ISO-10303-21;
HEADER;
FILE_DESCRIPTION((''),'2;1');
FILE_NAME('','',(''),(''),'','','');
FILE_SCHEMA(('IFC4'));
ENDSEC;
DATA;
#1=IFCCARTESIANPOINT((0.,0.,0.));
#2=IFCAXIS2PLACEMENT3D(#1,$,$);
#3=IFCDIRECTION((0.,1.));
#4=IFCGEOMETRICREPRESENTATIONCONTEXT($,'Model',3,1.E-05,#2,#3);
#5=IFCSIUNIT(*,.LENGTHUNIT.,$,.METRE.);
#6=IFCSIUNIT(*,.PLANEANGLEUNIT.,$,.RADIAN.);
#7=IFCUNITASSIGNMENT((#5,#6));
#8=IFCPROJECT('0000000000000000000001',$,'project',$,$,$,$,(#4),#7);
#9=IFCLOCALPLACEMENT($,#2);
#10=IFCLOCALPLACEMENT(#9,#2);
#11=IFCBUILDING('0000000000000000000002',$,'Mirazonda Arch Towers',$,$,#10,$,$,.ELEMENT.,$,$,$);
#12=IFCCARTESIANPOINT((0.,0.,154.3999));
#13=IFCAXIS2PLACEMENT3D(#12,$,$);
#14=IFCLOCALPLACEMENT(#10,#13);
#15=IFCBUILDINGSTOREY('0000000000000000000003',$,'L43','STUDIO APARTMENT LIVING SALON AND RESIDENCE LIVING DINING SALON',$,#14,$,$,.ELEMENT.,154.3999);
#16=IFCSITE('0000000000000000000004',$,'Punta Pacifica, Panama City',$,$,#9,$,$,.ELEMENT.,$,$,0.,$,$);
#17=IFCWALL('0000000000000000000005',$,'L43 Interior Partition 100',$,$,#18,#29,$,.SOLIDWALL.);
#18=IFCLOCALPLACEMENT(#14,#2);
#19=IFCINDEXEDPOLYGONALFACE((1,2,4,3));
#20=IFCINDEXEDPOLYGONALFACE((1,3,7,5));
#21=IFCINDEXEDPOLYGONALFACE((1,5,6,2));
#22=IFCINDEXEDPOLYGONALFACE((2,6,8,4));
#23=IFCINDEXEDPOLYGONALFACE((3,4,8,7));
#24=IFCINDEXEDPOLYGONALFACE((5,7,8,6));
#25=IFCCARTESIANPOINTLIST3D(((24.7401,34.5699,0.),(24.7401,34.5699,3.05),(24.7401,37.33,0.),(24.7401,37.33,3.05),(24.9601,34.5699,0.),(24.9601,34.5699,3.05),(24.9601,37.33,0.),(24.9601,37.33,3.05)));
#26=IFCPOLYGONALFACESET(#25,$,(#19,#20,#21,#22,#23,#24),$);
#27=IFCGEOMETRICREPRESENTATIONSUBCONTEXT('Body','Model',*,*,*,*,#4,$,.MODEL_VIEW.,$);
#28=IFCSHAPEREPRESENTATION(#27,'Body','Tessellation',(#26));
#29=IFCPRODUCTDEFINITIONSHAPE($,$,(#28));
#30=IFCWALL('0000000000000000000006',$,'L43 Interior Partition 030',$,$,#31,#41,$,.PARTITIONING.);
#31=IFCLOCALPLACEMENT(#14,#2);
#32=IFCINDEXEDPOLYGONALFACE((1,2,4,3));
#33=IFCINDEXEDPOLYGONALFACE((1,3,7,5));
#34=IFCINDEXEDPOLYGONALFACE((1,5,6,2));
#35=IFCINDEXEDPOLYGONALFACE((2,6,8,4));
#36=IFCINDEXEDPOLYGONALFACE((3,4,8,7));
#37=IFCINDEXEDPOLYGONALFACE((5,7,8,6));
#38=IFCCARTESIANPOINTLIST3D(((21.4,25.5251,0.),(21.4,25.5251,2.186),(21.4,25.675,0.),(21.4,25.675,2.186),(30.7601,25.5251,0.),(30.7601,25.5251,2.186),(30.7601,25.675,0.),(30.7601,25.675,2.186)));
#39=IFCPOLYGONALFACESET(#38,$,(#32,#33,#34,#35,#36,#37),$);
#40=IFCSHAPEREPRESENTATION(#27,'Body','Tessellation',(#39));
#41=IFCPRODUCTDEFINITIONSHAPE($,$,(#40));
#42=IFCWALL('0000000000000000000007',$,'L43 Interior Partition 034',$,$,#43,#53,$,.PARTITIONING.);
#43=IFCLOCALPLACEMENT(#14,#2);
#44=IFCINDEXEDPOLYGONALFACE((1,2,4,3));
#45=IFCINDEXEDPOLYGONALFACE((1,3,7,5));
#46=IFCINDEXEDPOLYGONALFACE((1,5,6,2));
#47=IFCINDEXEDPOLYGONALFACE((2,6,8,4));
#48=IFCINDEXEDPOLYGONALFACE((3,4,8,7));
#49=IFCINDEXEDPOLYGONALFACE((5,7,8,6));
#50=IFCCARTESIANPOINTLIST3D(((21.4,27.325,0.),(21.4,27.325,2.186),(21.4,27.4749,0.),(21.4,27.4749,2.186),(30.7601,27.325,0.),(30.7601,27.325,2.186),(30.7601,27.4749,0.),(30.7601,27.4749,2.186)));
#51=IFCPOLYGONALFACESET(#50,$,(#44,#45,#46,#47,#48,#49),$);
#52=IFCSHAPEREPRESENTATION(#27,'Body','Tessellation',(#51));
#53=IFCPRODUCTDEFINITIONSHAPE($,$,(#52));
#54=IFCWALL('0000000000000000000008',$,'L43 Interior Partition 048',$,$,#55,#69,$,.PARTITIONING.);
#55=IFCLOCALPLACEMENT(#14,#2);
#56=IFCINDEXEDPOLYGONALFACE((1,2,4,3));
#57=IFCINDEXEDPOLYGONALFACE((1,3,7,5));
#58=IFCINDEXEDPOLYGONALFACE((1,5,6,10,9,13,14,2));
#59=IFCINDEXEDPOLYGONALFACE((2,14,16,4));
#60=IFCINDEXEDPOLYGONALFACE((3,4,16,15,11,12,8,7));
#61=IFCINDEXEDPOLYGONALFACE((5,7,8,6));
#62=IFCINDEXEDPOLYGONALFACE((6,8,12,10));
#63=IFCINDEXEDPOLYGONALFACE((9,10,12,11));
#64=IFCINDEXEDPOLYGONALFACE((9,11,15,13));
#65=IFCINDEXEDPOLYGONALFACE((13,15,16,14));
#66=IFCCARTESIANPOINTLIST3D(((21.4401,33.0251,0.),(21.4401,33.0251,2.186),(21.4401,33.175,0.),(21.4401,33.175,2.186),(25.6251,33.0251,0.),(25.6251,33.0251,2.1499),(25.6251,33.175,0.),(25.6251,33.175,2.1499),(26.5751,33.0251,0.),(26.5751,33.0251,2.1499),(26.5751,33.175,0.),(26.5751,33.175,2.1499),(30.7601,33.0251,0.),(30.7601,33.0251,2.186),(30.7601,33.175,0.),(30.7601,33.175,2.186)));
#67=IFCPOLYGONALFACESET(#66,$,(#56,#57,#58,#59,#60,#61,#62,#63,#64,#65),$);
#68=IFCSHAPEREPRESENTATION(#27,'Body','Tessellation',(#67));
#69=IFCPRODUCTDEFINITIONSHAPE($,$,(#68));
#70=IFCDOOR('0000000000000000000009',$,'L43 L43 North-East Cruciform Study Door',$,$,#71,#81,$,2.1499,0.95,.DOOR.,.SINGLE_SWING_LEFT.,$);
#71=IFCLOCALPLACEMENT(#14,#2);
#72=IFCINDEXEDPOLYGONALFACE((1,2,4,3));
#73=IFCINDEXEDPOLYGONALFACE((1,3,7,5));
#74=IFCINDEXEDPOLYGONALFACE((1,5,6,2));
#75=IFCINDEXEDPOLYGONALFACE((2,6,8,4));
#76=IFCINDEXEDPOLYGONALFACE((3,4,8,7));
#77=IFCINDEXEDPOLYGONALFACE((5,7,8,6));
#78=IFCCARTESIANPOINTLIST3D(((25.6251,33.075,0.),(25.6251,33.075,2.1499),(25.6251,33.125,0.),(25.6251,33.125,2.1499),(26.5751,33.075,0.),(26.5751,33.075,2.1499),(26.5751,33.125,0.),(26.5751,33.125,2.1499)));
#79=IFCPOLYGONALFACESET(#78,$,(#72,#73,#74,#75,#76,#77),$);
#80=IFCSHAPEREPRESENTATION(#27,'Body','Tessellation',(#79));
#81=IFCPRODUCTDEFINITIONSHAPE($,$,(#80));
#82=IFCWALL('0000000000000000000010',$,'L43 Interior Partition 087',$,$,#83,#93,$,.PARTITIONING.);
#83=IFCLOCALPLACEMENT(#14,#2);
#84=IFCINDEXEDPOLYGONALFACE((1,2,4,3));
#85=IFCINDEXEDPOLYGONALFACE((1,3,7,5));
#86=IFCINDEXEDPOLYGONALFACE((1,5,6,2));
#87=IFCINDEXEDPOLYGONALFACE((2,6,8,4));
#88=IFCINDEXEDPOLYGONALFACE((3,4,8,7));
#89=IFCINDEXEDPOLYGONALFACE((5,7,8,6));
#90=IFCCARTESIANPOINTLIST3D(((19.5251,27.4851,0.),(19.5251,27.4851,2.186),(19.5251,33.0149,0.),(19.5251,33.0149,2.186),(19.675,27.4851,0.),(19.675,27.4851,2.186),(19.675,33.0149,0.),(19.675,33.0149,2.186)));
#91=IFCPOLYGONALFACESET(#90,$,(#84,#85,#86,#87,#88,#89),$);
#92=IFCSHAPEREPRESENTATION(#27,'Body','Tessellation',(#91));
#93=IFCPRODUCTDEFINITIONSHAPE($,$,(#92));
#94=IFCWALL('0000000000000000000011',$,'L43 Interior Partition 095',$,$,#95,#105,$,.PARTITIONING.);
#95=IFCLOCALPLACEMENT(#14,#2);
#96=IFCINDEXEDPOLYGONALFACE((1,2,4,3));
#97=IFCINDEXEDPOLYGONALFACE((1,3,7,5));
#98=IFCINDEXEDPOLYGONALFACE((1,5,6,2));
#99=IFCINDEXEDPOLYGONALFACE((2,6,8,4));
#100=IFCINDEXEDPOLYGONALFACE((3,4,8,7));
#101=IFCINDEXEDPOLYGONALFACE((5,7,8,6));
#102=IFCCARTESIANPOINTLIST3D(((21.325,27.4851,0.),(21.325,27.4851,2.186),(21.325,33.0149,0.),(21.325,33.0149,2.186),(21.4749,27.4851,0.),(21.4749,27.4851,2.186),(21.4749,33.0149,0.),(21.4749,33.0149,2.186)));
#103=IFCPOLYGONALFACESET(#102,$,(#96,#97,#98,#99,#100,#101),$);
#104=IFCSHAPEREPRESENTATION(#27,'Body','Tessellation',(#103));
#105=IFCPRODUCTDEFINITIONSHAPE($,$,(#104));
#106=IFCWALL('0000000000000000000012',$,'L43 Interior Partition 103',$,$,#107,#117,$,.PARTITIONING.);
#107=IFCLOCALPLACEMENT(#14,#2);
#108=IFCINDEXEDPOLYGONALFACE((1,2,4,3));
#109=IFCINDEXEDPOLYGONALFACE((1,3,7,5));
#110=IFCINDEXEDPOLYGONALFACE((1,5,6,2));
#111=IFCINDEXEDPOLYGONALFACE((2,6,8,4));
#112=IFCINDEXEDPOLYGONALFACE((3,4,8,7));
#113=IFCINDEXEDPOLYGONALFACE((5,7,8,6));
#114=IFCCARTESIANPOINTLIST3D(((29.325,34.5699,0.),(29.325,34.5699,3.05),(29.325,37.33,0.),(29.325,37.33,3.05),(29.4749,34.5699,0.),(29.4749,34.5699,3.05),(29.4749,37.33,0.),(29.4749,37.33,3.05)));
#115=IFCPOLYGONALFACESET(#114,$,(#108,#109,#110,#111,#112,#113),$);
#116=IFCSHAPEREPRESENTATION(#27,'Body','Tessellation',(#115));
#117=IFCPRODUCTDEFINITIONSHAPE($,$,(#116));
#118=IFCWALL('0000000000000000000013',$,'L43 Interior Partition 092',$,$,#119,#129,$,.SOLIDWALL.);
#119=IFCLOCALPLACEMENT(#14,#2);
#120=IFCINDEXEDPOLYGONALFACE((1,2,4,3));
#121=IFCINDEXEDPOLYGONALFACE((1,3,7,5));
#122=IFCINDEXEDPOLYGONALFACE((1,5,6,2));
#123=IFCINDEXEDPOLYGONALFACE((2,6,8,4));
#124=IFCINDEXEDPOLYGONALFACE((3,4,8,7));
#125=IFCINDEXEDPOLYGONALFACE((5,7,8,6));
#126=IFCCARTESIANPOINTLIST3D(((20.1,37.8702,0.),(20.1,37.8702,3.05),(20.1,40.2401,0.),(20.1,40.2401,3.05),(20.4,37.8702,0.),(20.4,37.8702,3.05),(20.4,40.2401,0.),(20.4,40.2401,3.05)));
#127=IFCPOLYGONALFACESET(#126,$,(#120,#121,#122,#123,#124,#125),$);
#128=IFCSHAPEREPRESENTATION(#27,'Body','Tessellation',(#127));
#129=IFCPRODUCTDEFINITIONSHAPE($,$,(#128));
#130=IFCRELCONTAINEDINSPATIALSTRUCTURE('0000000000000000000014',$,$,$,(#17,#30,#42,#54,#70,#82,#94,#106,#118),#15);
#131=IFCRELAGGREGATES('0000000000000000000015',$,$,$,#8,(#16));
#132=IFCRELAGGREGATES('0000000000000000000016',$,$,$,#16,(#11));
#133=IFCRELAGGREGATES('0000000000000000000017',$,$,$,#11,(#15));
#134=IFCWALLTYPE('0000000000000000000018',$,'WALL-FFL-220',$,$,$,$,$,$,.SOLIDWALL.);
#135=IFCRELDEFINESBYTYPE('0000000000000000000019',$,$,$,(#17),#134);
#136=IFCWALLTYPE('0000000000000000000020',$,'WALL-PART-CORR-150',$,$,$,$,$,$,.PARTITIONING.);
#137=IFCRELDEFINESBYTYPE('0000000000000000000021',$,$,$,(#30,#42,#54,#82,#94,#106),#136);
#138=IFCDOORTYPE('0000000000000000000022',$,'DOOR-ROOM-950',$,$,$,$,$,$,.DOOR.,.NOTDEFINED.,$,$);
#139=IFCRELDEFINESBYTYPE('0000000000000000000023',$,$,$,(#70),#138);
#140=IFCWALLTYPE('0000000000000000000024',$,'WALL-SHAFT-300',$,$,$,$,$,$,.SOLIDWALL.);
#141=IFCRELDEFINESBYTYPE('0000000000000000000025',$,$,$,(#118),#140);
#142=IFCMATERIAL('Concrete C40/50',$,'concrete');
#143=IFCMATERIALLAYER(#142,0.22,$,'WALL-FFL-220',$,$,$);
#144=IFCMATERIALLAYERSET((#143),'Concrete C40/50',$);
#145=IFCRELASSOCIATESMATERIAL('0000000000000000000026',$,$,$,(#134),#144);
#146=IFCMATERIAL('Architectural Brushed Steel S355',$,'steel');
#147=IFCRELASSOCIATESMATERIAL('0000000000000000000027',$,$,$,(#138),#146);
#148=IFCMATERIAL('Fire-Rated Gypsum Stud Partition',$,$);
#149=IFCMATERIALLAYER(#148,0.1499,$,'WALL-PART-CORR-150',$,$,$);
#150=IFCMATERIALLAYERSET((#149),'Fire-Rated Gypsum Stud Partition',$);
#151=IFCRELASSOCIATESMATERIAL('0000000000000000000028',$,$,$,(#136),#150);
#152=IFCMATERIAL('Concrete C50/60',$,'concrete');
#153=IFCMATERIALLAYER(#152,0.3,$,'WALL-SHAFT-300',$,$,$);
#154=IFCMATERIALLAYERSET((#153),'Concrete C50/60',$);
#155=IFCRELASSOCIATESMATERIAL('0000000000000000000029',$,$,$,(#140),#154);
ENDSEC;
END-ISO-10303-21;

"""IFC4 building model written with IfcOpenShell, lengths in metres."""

from ifc_helpers import new_model, si_unit, direction, frame, frame_2d, origin, place, context, subcontext, project, spatial, rectangle, extrude, material, layer, layer_set, type_object, element, fill, save


model = new_model("IFC4")

# Units and contexts
model_context = context("Model", 3, precision=1e-05, world=origin(), true_north=direction((0.0, 1.0)))
body_context = subcontext(model_context, "Body", "Model", "MODEL_VIEW")
ifc_project = project(units=[si_unit("LENGTHUNIT", "METRE"), si_unit("PLANEANGLEUNIT", "RADIAN")], contexts=[model_context])

# Site, building, storey
site_placement = place(None, origin())
site = spatial("IfcSite", under=ifc_project, at=site_placement, Name="Punta Pacifica, Panama City", CompositionType="ELEMENT", RefElevation=0.0)
building_placement = place(site_placement, origin())
building = spatial("IfcBuilding", under=site, at=building_placement, Name="Mirazonda Arch Towers", CompositionType="ELEMENT")
storey_placement = place(building_placement, frame((0.0, 0.0, 154.3999)))
storey = spatial("IfcBuildingStorey", under=building, at=storey_placement, Name="L43", Description="STUDIO APARTMENT LIVING SALON AND RESIDENCE LIVING DINING SALON", CompositionType="ELEMENT", Elevation=154.3999)

# Shared definitions
ifc_material_1 = material(Name="Concrete C50/60", Category="concrete")

# Shared definitions
ifc_material_2 = material(Name="Concrete C40/50", Category="concrete")
ifc_layer_1 = layer(ifc_material_2, 0.22, Name="WALL-FFL-220")
ifc_layer_set_1 = layer_set([ifc_layer_1], Name="Concrete C40/50")
wall_type_1 = type_object("IfcWallType", Name="WALL-FFL-220", PredefinedType="SOLIDWALL", material=ifc_layer_set_1)
ifc_material_3 = material(Name="Architectural Brushed Steel S355", Category="steel")
door_type_1 = type_object("IfcDoorType", Name="DOOR-ROOM-950", OperationType="NOTDEFINED", PredefinedType="DOOR", material=ifc_material_3)

# Walls
for number, where, z_axis, x_axis, name in (
    (1, (24.8501, 34.5701, 0.0), (0.0, 0.0, 1.0), (0.0, 1.0, 0.0), "L43 Interior Partition 100"),
):
    element("IfcWall", number, at=place(storey_placement, frame(where, z_axis=z_axis, x_axis=x_axis)), inside=storey, type_object=wall_type_1, Name=name, PredefinedType="SOLIDWALL", context=body_context, shape_type="SweptSolid", body=[
        extrude(rectangle(XDim=2.76, YDim=0.22, at=frame_2d((1.3799, 0.0))), origin(), (0.0, 0.0, 1.0), 3.05),
    ])
ifc_material_4 = material(Name="Fire-Rated Gypsum Stud Partition")
ifc_layer_2 = layer(ifc_material_4, 0.1499, Name="WALL-PART-CORR-150")
ifc_layer_set_2 = layer_set([ifc_layer_2], Name="Fire-Rated Gypsum Stud Partition")
wall_type_2 = type_object("IfcWallType", Name="WALL-PART-CORR-150", PredefinedType="PARTITIONING", material=ifc_layer_set_2)
for number, where, z_axis, x_axis, name in (
    (2, (21.3999, 25.6001, 0.0), (0.0, 0.0, 1.0), (1.0, 0.0, 0.0), "L43 Interior Partition 030"),
    (3, (21.3999, 27.3999, 0.0), (0.0, 0.0, 1.0), (1.0, 0.0, 0.0), "L43 Interior Partition 034"),
):
    element("IfcWall", number, at=place(storey_placement, frame(where, z_axis=z_axis, x_axis=x_axis)), inside=storey, type_object=wall_type_2, Name=name, PredefinedType="PARTITIONING", context=body_context, shape_type="SweptSolid", body=[
        extrude(rectangle(XDim=9.3601, YDim=0.1499, at=frame_2d((4.6802, 0.0))), origin(), (0.0, 0.0, 1.0), 2.186),
    ])

# Wall, opening, door
wall_1_placement = place(storey_placement, frame((21.4399, 33.1001, 0.0), z_axis=(0.0, 0.0, 1.0), x_axis=(1.0, 0.0, 0.0)))
wall_1 = element("IfcWall", 4, at=wall_1_placement, inside=storey, type_object=wall_type_2, Name="L43 Interior Partition 048", PredefinedType="PARTITIONING", context=body_context, shape_type="SweptSolid", body=[
    extrude(rectangle(XDim=9.3201, YDim=0.1499, at=frame_2d((4.6602, 0.0))), origin(), (0.0, 0.0, 1.0), 2.186),
])
opening_1_placement = place(wall_1_placement, frame((4.1851, 0.0, 0.0)))
opening_1 = element("IfcOpeningElement", 5, at=opening_1_placement, cuts=wall_1, PredefinedType="OPENING", context=body_context, shape_type="SweptSolid", body=[
    extrude(rectangle(XDim=0.95, YDim=2.1499, at=frame_2d((0.4751, 1.075))), frame((0.0, 0.085, 0.0), z_axis=(0.0, -1.0, 0.0), x_axis=(1.0, 0.0, 0.0)), (0.0, 0.0, 1.0), 0.1699),
])
door_1_placement = place(opening_1_placement, origin())
door_1 = element("IfcDoor", 6, at=door_1_placement, inside=storey, type_object=door_type_1, Name="L43 L43 North-East Cruciform Study Door", OperationType="SINGLE_SWING_LEFT", OverallHeight=2.1499, OverallWidth=0.95, PredefinedType="DOOR", context=body_context, shape_type="SweptSolid", body=[
    extrude(rectangle(XDim=0.95, YDim=2.1499, at=frame_2d((0.4751, 1.075))), frame((0.0, 0.0249, 0.0), z_axis=(0.0, -1.0, 0.0), x_axis=(1.0, 0.0, 0.0)), (0.0, 0.0, 1.0), 0.05),
])
fill(opening_1, door_1)

# Walls
for number, where, z_axis, x_axis, name in (
    (7, (19.6001, 27.4851, 0.0), (0.0, 0.0, 1.0), (0.0, 1.0, 0.0), "L43 Interior Partition 087"),
    (8, (21.3999, 27.4851, 0.0), (0.0, 0.0, 1.0), (0.0, 1.0, 0.0), "L43 Interior Partition 095"),
):
    element("IfcWall", number, at=place(storey_placement, frame(where, z_axis=z_axis, x_axis=x_axis)), inside=storey, type_object=wall_type_2, Name=name, PredefinedType="PARTITIONING", context=body_context, shape_type="SweptSolid", body=[
        extrude(rectangle(XDim=5.5298, YDim=0.1499, at=frame_2d((2.7649, 0.0))), origin(), (0.0, 0.0, 1.0), 2.186),
    ])
wall_2_placement = place(storey_placement, frame((29.3999, 34.5701, 0.0), z_axis=(0.0, 0.0, 1.0), x_axis=(0.0, 1.0, 0.0)))
element("IfcWall", 9, at=wall_2_placement, inside=storey, type_object=wall_type_2, Name="L43 Interior Partition 103", PredefinedType="PARTITIONING", context=body_context, shape_type="SweptSolid", body=[
    extrude(rectangle(XDim=2.76, YDim=0.1499, at=frame_2d((1.3799, 0.0))), origin(), (0.0, 0.0, 1.0), 3.05),
])
ifc_layer_3 = layer(ifc_material_1, 0.3, Name="WALL-SHAFT-300")
ifc_layer_set_3 = layer_set([ifc_layer_3], Name="Concrete C50/60")
wall_type_3 = type_object("IfcWallType", Name="WALL-SHAFT-300", PredefinedType="SOLIDWALL", material=ifc_layer_set_3)
wall_3_placement = place(storey_placement, frame((20.25, 37.8701, 0.0), z_axis=(0.0, 0.0, 1.0), x_axis=(0.0, 1.0, 0.0)))
element("IfcWall", 10, at=wall_3_placement, inside=storey, type_object=wall_type_3, Name="L43 Interior Partition 092", PredefinedType="SOLIDWALL", context=body_context, shape_type="SweptSolid", body=[
    extrude(rectangle(XDim=2.3699, YDim=0.3, at=frame_2d((1.1851, 0.0))), origin(), (0.0, 0.0, 1.0), 3.05),
])

save(model, "model.ifc")
